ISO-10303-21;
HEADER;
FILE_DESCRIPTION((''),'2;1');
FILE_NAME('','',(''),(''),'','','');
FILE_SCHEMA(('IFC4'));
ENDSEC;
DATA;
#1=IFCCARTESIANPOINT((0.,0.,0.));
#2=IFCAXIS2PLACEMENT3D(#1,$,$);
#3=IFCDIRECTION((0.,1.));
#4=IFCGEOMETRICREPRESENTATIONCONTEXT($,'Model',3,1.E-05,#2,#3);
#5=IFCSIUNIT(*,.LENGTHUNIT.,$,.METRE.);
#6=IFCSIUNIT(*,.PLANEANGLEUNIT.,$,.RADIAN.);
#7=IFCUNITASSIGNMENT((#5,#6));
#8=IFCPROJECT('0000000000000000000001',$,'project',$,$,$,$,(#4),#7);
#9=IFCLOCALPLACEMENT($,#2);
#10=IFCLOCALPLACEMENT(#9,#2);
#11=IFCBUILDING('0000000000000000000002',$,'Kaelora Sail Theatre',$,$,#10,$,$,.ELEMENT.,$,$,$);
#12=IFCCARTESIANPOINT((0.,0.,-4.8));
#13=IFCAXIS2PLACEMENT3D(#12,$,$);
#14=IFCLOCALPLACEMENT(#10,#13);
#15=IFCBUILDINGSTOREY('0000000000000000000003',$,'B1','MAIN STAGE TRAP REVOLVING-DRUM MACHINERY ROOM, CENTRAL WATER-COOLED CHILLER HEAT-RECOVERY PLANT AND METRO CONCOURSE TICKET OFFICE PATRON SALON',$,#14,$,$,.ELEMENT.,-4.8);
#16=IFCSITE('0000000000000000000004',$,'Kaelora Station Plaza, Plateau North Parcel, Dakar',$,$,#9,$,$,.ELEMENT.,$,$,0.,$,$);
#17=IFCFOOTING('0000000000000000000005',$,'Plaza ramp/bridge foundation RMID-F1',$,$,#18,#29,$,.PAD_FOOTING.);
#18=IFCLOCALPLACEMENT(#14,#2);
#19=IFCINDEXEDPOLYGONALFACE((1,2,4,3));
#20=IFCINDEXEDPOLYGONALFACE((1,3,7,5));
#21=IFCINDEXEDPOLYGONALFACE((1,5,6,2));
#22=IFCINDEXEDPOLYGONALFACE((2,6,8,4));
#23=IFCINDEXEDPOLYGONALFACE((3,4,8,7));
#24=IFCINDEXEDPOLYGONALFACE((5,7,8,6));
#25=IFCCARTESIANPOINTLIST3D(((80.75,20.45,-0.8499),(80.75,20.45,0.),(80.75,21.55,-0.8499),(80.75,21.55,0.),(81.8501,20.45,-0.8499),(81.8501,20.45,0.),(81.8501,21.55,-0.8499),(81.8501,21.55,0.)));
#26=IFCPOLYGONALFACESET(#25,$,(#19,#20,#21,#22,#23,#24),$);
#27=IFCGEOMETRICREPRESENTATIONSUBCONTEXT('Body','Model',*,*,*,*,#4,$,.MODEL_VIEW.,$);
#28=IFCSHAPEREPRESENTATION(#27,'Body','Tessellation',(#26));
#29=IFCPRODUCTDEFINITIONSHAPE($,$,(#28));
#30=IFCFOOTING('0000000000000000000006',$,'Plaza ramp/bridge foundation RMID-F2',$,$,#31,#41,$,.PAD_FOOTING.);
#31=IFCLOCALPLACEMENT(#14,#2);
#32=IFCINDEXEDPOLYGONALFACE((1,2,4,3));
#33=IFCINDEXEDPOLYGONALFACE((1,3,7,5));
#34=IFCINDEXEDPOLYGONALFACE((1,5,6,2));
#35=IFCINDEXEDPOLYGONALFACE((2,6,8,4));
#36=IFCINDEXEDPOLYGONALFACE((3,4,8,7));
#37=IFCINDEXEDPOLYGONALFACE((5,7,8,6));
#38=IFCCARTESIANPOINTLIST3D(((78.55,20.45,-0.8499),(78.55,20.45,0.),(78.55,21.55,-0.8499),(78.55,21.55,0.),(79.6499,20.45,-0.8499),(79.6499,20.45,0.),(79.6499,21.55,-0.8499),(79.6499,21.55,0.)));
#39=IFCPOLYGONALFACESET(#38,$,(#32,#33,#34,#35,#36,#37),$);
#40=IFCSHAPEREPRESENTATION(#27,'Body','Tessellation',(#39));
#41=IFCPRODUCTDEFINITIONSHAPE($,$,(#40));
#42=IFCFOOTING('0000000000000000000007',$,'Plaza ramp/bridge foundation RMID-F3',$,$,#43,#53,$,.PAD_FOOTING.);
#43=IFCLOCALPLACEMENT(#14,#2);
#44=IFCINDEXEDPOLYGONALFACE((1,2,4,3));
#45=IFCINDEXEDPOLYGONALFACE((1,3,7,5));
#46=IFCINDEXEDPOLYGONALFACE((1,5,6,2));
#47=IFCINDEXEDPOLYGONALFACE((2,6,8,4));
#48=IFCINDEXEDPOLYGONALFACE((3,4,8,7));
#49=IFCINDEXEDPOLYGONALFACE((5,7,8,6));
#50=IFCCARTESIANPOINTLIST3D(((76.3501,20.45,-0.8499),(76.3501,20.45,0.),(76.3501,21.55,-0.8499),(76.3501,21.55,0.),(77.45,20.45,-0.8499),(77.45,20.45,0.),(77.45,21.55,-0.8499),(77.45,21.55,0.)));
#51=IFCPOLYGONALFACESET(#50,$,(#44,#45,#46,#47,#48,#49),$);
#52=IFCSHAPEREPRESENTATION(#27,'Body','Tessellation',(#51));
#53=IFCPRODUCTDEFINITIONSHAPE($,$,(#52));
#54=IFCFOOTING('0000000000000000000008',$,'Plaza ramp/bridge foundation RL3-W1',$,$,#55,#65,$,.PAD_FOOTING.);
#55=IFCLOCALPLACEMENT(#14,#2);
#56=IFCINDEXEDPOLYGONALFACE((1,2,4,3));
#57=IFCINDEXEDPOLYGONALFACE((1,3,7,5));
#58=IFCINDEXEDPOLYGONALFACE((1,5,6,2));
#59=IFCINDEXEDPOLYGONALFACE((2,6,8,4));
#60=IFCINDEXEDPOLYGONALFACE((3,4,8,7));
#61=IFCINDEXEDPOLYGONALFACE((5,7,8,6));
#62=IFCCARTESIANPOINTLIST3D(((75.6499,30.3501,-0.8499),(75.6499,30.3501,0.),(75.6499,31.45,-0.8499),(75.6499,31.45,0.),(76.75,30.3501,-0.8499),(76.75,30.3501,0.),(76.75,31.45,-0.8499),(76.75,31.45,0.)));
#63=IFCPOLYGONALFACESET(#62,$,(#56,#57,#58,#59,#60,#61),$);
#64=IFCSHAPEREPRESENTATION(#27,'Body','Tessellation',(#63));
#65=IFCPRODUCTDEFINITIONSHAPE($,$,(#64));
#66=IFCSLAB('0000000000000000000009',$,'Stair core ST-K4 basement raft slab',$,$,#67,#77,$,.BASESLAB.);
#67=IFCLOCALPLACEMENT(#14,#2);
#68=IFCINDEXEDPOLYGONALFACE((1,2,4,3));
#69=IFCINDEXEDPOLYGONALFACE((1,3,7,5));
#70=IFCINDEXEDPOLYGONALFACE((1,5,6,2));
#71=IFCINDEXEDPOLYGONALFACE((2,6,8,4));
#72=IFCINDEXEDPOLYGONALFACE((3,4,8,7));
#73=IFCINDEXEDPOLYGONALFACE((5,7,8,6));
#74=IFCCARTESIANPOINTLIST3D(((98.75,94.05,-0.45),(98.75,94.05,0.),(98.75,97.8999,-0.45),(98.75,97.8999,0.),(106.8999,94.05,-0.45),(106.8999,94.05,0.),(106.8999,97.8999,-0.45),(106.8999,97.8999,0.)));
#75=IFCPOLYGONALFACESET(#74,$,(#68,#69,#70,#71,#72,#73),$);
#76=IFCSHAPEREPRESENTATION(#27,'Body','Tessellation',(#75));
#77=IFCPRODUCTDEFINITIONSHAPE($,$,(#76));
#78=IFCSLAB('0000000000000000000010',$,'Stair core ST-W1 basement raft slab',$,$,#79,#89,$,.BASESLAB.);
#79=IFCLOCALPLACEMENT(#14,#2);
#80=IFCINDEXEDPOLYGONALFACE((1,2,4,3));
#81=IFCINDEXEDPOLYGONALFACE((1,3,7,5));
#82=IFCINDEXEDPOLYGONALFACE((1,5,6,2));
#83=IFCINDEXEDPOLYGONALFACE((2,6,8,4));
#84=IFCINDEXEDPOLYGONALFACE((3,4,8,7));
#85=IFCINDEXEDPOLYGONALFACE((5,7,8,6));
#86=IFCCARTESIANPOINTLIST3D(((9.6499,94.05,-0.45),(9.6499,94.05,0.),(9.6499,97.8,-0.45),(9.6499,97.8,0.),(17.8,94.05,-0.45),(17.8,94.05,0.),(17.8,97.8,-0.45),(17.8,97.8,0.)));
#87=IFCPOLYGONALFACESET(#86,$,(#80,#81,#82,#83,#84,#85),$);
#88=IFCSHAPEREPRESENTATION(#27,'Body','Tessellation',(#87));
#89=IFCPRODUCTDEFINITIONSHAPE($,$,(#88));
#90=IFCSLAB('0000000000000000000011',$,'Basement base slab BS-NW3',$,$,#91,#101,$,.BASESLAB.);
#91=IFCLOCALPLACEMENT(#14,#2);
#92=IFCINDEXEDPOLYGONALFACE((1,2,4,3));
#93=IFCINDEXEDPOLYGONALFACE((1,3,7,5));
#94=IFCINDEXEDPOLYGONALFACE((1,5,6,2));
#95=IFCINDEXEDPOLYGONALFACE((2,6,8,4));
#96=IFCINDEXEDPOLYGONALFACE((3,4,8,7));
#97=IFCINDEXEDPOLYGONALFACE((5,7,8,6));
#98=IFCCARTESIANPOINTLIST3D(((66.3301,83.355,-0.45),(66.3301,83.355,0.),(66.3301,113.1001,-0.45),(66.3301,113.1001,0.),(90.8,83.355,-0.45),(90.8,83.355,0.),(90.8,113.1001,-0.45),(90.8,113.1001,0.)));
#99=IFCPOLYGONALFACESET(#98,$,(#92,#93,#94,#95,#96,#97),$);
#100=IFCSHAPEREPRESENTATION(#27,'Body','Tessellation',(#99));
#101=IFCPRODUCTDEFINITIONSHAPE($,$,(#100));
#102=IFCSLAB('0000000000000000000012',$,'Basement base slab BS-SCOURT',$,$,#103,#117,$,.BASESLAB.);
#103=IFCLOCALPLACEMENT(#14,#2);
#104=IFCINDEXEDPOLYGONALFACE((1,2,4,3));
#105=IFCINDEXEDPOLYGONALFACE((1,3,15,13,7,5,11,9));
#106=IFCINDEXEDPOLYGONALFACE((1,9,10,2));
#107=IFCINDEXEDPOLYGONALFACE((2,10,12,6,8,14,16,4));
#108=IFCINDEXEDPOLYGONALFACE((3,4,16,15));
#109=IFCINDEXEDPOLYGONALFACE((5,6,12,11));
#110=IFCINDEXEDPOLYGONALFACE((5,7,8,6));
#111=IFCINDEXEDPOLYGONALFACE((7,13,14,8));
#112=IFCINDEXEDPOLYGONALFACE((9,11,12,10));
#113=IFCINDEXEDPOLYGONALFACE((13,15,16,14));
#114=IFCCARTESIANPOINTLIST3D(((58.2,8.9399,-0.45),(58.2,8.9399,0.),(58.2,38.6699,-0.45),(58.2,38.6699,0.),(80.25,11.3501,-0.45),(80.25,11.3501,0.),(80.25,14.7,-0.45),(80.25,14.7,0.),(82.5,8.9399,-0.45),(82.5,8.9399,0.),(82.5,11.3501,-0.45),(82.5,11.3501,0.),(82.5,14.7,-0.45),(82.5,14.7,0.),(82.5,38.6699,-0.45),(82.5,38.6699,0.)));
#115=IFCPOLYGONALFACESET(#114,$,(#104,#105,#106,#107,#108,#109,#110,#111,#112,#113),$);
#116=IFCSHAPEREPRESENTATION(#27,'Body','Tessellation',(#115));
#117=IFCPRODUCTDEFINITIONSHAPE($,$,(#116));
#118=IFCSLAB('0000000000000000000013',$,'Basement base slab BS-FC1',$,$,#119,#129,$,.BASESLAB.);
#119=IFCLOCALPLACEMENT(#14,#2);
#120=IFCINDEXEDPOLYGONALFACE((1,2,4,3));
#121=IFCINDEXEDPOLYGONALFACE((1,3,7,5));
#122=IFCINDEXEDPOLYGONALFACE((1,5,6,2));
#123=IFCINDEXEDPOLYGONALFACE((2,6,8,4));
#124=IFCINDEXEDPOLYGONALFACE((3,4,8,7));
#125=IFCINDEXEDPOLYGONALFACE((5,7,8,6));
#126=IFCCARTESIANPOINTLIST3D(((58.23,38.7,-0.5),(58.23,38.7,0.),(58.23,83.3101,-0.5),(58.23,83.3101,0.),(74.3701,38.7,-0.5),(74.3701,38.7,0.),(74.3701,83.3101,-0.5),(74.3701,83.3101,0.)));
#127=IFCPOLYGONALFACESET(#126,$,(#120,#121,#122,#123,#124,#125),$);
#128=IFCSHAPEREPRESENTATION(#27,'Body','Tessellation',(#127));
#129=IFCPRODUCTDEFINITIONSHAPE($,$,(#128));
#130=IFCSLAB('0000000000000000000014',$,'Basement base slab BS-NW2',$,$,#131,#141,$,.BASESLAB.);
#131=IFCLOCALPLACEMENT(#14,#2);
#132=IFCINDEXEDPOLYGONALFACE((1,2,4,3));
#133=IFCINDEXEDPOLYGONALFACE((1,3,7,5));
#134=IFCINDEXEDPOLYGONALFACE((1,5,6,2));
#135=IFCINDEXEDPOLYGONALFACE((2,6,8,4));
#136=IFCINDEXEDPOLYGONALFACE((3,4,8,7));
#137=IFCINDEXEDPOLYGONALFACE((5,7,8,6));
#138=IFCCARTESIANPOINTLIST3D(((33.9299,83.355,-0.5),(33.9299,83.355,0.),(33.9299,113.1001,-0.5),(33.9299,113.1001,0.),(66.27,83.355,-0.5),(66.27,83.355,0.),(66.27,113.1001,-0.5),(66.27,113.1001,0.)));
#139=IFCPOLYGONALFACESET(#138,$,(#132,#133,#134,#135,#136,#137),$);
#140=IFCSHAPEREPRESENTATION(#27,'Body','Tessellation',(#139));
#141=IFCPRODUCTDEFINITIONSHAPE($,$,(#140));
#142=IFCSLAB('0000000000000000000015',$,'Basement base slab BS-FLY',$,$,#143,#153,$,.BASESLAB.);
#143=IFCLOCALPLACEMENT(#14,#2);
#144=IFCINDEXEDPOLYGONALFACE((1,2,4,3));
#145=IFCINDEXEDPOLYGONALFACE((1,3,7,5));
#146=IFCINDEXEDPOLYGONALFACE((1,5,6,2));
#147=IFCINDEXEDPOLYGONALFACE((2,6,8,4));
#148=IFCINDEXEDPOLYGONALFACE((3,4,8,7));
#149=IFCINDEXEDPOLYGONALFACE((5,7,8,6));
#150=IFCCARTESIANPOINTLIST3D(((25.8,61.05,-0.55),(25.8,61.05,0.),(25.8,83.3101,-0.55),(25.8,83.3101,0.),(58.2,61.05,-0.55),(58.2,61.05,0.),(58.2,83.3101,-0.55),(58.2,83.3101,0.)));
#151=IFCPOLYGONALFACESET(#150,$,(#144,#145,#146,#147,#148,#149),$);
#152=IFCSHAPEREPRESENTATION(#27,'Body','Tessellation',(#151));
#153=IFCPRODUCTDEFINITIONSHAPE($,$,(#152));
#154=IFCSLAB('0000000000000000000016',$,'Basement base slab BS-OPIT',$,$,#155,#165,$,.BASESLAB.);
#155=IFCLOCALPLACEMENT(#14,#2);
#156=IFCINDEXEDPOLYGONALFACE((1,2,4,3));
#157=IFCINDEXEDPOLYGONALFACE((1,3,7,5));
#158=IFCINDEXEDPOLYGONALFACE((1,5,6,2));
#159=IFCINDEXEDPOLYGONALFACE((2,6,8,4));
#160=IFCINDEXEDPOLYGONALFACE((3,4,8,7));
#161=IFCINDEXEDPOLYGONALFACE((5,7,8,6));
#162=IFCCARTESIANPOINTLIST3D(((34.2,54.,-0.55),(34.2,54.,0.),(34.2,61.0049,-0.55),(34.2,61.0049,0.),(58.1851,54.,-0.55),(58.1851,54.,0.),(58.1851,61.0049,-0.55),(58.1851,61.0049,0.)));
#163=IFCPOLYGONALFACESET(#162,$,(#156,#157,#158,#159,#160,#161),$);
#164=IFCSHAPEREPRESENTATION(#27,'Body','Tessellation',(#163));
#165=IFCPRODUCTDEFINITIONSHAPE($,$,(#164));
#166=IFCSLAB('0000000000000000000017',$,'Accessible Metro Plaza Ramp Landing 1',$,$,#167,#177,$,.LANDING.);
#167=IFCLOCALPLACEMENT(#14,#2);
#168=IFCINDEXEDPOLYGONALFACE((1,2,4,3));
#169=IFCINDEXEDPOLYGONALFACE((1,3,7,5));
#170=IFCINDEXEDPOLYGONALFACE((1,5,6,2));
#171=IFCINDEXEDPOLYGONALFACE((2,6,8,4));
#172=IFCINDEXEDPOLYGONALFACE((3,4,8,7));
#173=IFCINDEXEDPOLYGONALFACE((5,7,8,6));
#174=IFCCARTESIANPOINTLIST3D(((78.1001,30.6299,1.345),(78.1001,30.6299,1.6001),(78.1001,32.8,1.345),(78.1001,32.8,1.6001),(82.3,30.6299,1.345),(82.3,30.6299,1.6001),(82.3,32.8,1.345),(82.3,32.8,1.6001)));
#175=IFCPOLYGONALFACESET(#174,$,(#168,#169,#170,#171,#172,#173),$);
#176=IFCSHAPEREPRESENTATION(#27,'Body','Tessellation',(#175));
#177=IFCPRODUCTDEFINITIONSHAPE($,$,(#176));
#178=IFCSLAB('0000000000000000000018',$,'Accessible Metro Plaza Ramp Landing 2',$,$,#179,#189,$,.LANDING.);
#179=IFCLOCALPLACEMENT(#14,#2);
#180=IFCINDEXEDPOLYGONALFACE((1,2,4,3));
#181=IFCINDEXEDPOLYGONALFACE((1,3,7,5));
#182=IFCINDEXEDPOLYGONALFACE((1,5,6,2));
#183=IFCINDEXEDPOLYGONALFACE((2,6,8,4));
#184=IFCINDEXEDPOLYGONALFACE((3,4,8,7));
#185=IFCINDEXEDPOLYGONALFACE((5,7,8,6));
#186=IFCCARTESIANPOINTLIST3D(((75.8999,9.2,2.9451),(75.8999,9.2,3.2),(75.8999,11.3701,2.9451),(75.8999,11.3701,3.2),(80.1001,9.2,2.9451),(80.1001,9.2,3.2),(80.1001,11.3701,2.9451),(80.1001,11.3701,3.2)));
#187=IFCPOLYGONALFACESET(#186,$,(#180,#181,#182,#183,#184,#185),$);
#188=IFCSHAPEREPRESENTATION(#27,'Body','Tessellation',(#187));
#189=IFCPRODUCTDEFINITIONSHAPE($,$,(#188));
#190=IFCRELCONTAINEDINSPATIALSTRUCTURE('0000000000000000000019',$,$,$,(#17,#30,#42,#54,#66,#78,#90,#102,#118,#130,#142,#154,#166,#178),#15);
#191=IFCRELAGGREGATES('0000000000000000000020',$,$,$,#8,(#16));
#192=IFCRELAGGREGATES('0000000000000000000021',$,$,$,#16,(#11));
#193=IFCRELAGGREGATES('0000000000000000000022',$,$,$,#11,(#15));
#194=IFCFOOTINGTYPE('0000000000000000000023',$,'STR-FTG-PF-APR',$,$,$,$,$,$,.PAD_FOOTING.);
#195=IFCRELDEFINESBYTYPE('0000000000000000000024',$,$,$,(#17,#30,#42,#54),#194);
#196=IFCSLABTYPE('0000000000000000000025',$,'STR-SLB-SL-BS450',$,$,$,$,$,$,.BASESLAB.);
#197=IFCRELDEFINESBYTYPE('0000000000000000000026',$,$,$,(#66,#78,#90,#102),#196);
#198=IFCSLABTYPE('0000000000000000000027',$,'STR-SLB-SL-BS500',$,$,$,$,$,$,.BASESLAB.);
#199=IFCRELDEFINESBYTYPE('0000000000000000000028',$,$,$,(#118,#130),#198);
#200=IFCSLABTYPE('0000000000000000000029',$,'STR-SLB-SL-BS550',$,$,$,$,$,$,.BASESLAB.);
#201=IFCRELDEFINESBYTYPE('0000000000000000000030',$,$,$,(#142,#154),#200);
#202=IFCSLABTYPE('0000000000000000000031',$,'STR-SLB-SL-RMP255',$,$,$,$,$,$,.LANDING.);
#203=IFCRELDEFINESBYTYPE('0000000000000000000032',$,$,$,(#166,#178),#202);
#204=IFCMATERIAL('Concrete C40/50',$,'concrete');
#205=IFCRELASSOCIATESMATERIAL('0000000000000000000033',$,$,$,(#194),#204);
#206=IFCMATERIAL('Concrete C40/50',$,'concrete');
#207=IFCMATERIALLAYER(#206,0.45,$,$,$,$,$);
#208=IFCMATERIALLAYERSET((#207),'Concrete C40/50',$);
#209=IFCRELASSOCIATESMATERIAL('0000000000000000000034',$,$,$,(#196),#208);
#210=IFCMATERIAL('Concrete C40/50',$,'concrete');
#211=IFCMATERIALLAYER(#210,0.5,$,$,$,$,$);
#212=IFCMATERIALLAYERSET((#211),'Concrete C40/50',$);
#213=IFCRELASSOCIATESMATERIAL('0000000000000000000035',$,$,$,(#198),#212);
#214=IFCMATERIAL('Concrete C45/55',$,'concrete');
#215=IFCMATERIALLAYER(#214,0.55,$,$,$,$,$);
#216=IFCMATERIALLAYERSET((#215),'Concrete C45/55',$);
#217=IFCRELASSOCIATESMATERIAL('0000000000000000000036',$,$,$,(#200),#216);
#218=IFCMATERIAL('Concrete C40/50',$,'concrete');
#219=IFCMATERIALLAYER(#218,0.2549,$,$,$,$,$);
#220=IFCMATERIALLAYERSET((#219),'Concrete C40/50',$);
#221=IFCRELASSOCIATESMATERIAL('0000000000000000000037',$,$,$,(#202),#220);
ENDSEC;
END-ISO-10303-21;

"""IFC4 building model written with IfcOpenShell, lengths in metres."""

from ifc_helpers import new_model, si_unit, direction, frame, origin, place, context, subcontext, project, spatial, polyline, outline, extrude, material, layer, layer_set, type_object, element, save


model = new_model("IFC4")

# Units and contexts
model_context = context("Model", 3, precision=1e-05, world=origin(), true_north=direction((0.0, 1.0)))
body_context = subcontext(model_context, "Body", "Model", "MODEL_VIEW")
ifc_project = project(units=[si_unit("LENGTHUNIT", "METRE"), si_unit("PLANEANGLEUNIT", "RADIAN")], contexts=[model_context])

# Site, building, storey
site_placement = place(None, origin())
site = spatial("IfcSite", under=ifc_project, at=site_placement, Name="Kaelora Station Plaza, Plateau North Parcel, Dakar", CompositionType="ELEMENT", RefElevation=0.0)
building_placement = place(site_placement, origin())
building = spatial("IfcBuilding", under=site, at=building_placement, Name="Kaelora Sail Theatre", CompositionType="ELEMENT")
storey_placement = place(building_placement, frame((0.0, 0.0, -4.8)))
storey = spatial("IfcBuildingStorey", under=building, at=storey_placement, Name="B1", Description="MAIN STAGE TRAP REVOLVING-DRUM MACHINERY ROOM, CENTRAL WATER-COOLED CHILLER HEAT-RECOVERY PLANT AND METRO CONCOURSE TICKET OFFICE PATRON SALON", CompositionType="ELEMENT", Elevation=-4.8)

# Footings
ifc_material_1 = material(Name="Concrete C40/50", Category="concrete")
footing_type_1 = type_object("IfcFootingType", Name="STR-FTG-PF-APR", PredefinedType="PAD_FOOTING", material=ifc_material_1)
footing_1_placement = place(storey_placement, frame((0.0, 0.0, -0.8499)))
element("IfcFooting", 1, at=footing_1_placement, inside=storey, type_object=footing_type_1, Name="Plaza ramp/bridge foundation RMID-F1", PredefinedType="PAD_FOOTING", context=body_context, shape_type="SweptSolid", body=[
    extrude(outline(polyline([(81.8501, 21.55), (81.8501, 20.45), (80.75, 20.45), (80.75, 21.55), (81.8501, 21.55)])), origin(), (0.0, 0.0, 1.0), 0.8499),
])
footing_2_placement = place(storey_placement, frame((0.0, 0.0, -0.8499)))
element("IfcFooting", 2, at=footing_2_placement, inside=storey, type_object=footing_type_1, Name="Plaza ramp/bridge foundation RMID-F2", PredefinedType="PAD_FOOTING", context=body_context, shape_type="SweptSolid", body=[
    extrude(outline(polyline([(79.6499, 20.45), (78.55, 20.45), (78.55, 21.55), (79.6499, 21.55), (79.6499, 20.45)])), origin(), (0.0, 0.0, 1.0), 0.8499),
])
footing_3_placement = place(storey_placement, frame((0.0, 0.0, -0.8499)))
element("IfcFooting", 3, at=footing_3_placement, inside=storey, type_object=footing_type_1, Name="Plaza ramp/bridge foundation RMID-F3", PredefinedType="PAD_FOOTING", context=body_context, shape_type="SweptSolid", body=[
    extrude(outline(polyline([(76.3501, 20.45), (76.3501, 21.55), (77.45, 21.55), (77.45, 20.45), (76.3501, 20.45)])), origin(), (0.0, 0.0, 1.0), 0.8499),
])
footing_4_placement = place(storey_placement, frame((0.0, 0.0, -0.8499)))
element("IfcFooting", 4, at=footing_4_placement, inside=storey, type_object=footing_type_1, Name="Plaza ramp/bridge foundation RL3-W1", PredefinedType="PAD_FOOTING", context=body_context, shape_type="SweptSolid", body=[
    extrude(outline(polyline([(75.6499, 31.45), (76.75, 31.45), (76.75, 30.3501), (75.6499, 30.3501), (75.6499, 31.45)])), origin(), (0.0, 0.0, 1.0), 0.8499),
])

# Slabs
ifc_material_2 = material(Name="Concrete C40/50", Category="concrete")
ifc_layer_1 = layer(ifc_material_2, 0.45)
ifc_layer_set_1 = layer_set([ifc_layer_1], Name="Concrete C40/50")
slab_type_1 = type_object("IfcSlabType", Name="STR-SLB-SL-BS450", PredefinedType="BASESLAB", material=ifc_layer_set_1)
slab_1_placement = place(storey_placement, frame((0.0, 0.0, -0.45)))
element("IfcSlab", 5, at=slab_1_placement, inside=storey, type_object=slab_type_1, Name="Stair core ST-K4 basement raft slab", PredefinedType="BASESLAB", context=body_context, shape_type="SweptSolid", body=[
    extrude(outline(polyline([(98.75, 94.05), (106.8999, 94.05), (106.8999, 97.8999), (98.75, 97.8999), (98.75, 94.05)])), origin(), (0.0, 0.0, 1.0), 0.45),
])
slab_2_placement = place(storey_placement, frame((0.0, 0.0, -0.45)))
element("IfcSlab", 6, at=slab_2_placement, inside=storey, type_object=slab_type_1, Name="Stair core ST-W1 basement raft slab", PredefinedType="BASESLAB", context=body_context, shape_type="SweptSolid", body=[
    extrude(outline(polyline([(9.6499, 94.05), (17.8, 94.05), (17.8, 97.8), (9.6499, 97.8), (9.6499, 94.05)])), origin(), (0.0, 0.0, 1.0), 0.45),
])
slab_3_placement = place(storey_placement, frame((0.0, 0.0, -0.45)))
element("IfcSlab", 7, at=slab_3_placement, inside=storey, type_object=slab_type_1, Name="Basement base slab BS-NW3", PredefinedType="BASESLAB", context=body_context, shape_type="SweptSolid", body=[
    extrude(outline(polyline([(66.3301, 83.355), (90.8, 83.355), (90.8, 113.1001), (66.3301, 113.1001), (66.3301, 83.355)])), origin(), (0.0, 0.0, 1.0), 0.45),
])
slab_4_placement = place(storey_placement, frame((0.0, 0.0, -0.45)))
element("IfcSlab", 8, at=slab_4_placement, inside=storey, type_object=slab_type_1, Name="Basement base slab BS-SCOURT", PredefinedType="BASESLAB", context=body_context, shape_type="SweptSolid", body=[
    extrude(outline(polyline([(58.2, 8.9399), (82.5, 8.9399), (82.5, 11.3501), (80.25, 11.3501), (80.25, 14.7), (82.5, 14.7), (82.5, 38.6699), (58.2, 38.6699), (58.2, 8.9399)])), origin(), (0.0, 0.0, 1.0), 0.45),
])
ifc_material_3 = material(Name="Concrete C40/50", Category="concrete")
ifc_layer_2 = layer(ifc_material_3, 0.5)
ifc_layer_set_2 = layer_set([ifc_layer_2], Name="Concrete C40/50")
slab_type_2 = type_object("IfcSlabType", Name="STR-SLB-SL-BS500", PredefinedType="BASESLAB", material=ifc_layer_set_2)
slab_5_placement = place(storey_placement, frame((0.0, 0.0, -0.5)))
element("IfcSlab", 9, at=slab_5_placement, inside=storey, type_object=slab_type_2, Name="Basement base slab BS-FC1", PredefinedType="BASESLAB", context=body_context, shape_type="SweptSolid", body=[
    extrude(outline(polyline([(58.23, 38.7), (74.3701, 38.7), (74.3701, 83.3101), (58.23, 83.3101), (58.23, 38.7)])), origin(), (0.0, 0.0, 1.0), 0.5),
])
slab_6_placement = place(storey_placement, frame((0.0, 0.0, -0.5)))
element("IfcSlab", 10, at=slab_6_placement, inside=storey, type_object=slab_type_2, Name="Basement base slab BS-NW2", PredefinedType="BASESLAB", context=body_context, shape_type="SweptSolid", body=[
    extrude(outline(polyline([(33.9299, 83.355), (66.27, 83.355), (66.27, 113.1001), (33.9299, 113.1001), (33.9299, 83.355)])), origin(), (0.0, 0.0, 1.0), 0.5),
])
ifc_material_4 = material(Name="Concrete C45/55", Category="concrete")
ifc_layer_3 = layer(ifc_material_4, 0.55)
ifc_layer_set_3 = layer_set([ifc_layer_3], Name="Concrete C45/55")
slab_type_3 = type_object("IfcSlabType", Name="STR-SLB-SL-BS550", PredefinedType="BASESLAB", material=ifc_layer_set_3)
slab_7_placement = place(storey_placement, frame((0.0, 0.0, -0.55)))
element("IfcSlab", 11, at=slab_7_placement, inside=storey, type_object=slab_type_3, Name="Basement base slab BS-FLY", PredefinedType="BASESLAB", context=body_context, shape_type="SweptSolid", body=[
    extrude(outline(polyline([(25.8, 61.05), (58.2, 61.05), (58.2, 83.3101), (25.8, 83.3101), (25.8, 61.05)])), origin(), (0.0, 0.0, 1.0), 0.55),
])
slab_8_placement = place(storey_placement, frame((0.0, 0.0, -0.55)))
element("IfcSlab", 12, at=slab_8_placement, inside=storey, type_object=slab_type_3, Name="Basement base slab BS-OPIT", PredefinedType="BASESLAB", context=body_context, shape_type="SweptSolid", body=[
    extrude(outline(polyline([(34.2, 54.0), (58.1851, 54.0), (58.1851, 61.0049), (34.2, 61.0049), (34.2, 54.0)])), origin(), (0.0, 0.0, 1.0), 0.55),
])
ifc_material_5 = material(Name="Concrete C40/50", Category="concrete")
ifc_layer_4 = layer(ifc_material_5, 0.2549)
ifc_layer_set_4 = layer_set([ifc_layer_4], Name="Concrete C40/50")
slab_type_4 = type_object("IfcSlabType", Name="STR-SLB-SL-RMP255", PredefinedType="LANDING", material=ifc_layer_set_4)
slab_9_placement = place(storey_placement, frame((0.0, 0.0, 1.345)))
element("IfcSlab", 13, at=slab_9_placement, inside=storey, type_object=slab_type_4, Name="Accessible Metro Plaza Ramp Landing 1", PredefinedType="LANDING", context=body_context, shape_type="SweptSolid", body=[
    extrude(outline(polyline([(78.1001, 30.6299), (82.3, 30.6299), (82.3, 32.8), (78.1001, 32.8), (78.1001, 30.6299)])), origin(), (0.0, 0.0, 1.0), 0.2551),
])
slab_10_placement = place(storey_placement, frame((0.0, 0.0, 2.9451)))
element("IfcSlab", 14, at=slab_10_placement, inside=storey, type_object=slab_type_4, Name="Accessible Metro Plaza Ramp Landing 2", PredefinedType="LANDING", context=body_context, shape_type="SweptSolid", body=[
    extrude(outline(polyline([(75.8999, 9.2), (80.1001, 9.2), (80.1001, 11.3701), (75.8999, 11.3701), (75.8999, 9.2)])), origin(), (0.0, 0.0, 1.0), 0.2549),
])

save(model, "model.ifc")
